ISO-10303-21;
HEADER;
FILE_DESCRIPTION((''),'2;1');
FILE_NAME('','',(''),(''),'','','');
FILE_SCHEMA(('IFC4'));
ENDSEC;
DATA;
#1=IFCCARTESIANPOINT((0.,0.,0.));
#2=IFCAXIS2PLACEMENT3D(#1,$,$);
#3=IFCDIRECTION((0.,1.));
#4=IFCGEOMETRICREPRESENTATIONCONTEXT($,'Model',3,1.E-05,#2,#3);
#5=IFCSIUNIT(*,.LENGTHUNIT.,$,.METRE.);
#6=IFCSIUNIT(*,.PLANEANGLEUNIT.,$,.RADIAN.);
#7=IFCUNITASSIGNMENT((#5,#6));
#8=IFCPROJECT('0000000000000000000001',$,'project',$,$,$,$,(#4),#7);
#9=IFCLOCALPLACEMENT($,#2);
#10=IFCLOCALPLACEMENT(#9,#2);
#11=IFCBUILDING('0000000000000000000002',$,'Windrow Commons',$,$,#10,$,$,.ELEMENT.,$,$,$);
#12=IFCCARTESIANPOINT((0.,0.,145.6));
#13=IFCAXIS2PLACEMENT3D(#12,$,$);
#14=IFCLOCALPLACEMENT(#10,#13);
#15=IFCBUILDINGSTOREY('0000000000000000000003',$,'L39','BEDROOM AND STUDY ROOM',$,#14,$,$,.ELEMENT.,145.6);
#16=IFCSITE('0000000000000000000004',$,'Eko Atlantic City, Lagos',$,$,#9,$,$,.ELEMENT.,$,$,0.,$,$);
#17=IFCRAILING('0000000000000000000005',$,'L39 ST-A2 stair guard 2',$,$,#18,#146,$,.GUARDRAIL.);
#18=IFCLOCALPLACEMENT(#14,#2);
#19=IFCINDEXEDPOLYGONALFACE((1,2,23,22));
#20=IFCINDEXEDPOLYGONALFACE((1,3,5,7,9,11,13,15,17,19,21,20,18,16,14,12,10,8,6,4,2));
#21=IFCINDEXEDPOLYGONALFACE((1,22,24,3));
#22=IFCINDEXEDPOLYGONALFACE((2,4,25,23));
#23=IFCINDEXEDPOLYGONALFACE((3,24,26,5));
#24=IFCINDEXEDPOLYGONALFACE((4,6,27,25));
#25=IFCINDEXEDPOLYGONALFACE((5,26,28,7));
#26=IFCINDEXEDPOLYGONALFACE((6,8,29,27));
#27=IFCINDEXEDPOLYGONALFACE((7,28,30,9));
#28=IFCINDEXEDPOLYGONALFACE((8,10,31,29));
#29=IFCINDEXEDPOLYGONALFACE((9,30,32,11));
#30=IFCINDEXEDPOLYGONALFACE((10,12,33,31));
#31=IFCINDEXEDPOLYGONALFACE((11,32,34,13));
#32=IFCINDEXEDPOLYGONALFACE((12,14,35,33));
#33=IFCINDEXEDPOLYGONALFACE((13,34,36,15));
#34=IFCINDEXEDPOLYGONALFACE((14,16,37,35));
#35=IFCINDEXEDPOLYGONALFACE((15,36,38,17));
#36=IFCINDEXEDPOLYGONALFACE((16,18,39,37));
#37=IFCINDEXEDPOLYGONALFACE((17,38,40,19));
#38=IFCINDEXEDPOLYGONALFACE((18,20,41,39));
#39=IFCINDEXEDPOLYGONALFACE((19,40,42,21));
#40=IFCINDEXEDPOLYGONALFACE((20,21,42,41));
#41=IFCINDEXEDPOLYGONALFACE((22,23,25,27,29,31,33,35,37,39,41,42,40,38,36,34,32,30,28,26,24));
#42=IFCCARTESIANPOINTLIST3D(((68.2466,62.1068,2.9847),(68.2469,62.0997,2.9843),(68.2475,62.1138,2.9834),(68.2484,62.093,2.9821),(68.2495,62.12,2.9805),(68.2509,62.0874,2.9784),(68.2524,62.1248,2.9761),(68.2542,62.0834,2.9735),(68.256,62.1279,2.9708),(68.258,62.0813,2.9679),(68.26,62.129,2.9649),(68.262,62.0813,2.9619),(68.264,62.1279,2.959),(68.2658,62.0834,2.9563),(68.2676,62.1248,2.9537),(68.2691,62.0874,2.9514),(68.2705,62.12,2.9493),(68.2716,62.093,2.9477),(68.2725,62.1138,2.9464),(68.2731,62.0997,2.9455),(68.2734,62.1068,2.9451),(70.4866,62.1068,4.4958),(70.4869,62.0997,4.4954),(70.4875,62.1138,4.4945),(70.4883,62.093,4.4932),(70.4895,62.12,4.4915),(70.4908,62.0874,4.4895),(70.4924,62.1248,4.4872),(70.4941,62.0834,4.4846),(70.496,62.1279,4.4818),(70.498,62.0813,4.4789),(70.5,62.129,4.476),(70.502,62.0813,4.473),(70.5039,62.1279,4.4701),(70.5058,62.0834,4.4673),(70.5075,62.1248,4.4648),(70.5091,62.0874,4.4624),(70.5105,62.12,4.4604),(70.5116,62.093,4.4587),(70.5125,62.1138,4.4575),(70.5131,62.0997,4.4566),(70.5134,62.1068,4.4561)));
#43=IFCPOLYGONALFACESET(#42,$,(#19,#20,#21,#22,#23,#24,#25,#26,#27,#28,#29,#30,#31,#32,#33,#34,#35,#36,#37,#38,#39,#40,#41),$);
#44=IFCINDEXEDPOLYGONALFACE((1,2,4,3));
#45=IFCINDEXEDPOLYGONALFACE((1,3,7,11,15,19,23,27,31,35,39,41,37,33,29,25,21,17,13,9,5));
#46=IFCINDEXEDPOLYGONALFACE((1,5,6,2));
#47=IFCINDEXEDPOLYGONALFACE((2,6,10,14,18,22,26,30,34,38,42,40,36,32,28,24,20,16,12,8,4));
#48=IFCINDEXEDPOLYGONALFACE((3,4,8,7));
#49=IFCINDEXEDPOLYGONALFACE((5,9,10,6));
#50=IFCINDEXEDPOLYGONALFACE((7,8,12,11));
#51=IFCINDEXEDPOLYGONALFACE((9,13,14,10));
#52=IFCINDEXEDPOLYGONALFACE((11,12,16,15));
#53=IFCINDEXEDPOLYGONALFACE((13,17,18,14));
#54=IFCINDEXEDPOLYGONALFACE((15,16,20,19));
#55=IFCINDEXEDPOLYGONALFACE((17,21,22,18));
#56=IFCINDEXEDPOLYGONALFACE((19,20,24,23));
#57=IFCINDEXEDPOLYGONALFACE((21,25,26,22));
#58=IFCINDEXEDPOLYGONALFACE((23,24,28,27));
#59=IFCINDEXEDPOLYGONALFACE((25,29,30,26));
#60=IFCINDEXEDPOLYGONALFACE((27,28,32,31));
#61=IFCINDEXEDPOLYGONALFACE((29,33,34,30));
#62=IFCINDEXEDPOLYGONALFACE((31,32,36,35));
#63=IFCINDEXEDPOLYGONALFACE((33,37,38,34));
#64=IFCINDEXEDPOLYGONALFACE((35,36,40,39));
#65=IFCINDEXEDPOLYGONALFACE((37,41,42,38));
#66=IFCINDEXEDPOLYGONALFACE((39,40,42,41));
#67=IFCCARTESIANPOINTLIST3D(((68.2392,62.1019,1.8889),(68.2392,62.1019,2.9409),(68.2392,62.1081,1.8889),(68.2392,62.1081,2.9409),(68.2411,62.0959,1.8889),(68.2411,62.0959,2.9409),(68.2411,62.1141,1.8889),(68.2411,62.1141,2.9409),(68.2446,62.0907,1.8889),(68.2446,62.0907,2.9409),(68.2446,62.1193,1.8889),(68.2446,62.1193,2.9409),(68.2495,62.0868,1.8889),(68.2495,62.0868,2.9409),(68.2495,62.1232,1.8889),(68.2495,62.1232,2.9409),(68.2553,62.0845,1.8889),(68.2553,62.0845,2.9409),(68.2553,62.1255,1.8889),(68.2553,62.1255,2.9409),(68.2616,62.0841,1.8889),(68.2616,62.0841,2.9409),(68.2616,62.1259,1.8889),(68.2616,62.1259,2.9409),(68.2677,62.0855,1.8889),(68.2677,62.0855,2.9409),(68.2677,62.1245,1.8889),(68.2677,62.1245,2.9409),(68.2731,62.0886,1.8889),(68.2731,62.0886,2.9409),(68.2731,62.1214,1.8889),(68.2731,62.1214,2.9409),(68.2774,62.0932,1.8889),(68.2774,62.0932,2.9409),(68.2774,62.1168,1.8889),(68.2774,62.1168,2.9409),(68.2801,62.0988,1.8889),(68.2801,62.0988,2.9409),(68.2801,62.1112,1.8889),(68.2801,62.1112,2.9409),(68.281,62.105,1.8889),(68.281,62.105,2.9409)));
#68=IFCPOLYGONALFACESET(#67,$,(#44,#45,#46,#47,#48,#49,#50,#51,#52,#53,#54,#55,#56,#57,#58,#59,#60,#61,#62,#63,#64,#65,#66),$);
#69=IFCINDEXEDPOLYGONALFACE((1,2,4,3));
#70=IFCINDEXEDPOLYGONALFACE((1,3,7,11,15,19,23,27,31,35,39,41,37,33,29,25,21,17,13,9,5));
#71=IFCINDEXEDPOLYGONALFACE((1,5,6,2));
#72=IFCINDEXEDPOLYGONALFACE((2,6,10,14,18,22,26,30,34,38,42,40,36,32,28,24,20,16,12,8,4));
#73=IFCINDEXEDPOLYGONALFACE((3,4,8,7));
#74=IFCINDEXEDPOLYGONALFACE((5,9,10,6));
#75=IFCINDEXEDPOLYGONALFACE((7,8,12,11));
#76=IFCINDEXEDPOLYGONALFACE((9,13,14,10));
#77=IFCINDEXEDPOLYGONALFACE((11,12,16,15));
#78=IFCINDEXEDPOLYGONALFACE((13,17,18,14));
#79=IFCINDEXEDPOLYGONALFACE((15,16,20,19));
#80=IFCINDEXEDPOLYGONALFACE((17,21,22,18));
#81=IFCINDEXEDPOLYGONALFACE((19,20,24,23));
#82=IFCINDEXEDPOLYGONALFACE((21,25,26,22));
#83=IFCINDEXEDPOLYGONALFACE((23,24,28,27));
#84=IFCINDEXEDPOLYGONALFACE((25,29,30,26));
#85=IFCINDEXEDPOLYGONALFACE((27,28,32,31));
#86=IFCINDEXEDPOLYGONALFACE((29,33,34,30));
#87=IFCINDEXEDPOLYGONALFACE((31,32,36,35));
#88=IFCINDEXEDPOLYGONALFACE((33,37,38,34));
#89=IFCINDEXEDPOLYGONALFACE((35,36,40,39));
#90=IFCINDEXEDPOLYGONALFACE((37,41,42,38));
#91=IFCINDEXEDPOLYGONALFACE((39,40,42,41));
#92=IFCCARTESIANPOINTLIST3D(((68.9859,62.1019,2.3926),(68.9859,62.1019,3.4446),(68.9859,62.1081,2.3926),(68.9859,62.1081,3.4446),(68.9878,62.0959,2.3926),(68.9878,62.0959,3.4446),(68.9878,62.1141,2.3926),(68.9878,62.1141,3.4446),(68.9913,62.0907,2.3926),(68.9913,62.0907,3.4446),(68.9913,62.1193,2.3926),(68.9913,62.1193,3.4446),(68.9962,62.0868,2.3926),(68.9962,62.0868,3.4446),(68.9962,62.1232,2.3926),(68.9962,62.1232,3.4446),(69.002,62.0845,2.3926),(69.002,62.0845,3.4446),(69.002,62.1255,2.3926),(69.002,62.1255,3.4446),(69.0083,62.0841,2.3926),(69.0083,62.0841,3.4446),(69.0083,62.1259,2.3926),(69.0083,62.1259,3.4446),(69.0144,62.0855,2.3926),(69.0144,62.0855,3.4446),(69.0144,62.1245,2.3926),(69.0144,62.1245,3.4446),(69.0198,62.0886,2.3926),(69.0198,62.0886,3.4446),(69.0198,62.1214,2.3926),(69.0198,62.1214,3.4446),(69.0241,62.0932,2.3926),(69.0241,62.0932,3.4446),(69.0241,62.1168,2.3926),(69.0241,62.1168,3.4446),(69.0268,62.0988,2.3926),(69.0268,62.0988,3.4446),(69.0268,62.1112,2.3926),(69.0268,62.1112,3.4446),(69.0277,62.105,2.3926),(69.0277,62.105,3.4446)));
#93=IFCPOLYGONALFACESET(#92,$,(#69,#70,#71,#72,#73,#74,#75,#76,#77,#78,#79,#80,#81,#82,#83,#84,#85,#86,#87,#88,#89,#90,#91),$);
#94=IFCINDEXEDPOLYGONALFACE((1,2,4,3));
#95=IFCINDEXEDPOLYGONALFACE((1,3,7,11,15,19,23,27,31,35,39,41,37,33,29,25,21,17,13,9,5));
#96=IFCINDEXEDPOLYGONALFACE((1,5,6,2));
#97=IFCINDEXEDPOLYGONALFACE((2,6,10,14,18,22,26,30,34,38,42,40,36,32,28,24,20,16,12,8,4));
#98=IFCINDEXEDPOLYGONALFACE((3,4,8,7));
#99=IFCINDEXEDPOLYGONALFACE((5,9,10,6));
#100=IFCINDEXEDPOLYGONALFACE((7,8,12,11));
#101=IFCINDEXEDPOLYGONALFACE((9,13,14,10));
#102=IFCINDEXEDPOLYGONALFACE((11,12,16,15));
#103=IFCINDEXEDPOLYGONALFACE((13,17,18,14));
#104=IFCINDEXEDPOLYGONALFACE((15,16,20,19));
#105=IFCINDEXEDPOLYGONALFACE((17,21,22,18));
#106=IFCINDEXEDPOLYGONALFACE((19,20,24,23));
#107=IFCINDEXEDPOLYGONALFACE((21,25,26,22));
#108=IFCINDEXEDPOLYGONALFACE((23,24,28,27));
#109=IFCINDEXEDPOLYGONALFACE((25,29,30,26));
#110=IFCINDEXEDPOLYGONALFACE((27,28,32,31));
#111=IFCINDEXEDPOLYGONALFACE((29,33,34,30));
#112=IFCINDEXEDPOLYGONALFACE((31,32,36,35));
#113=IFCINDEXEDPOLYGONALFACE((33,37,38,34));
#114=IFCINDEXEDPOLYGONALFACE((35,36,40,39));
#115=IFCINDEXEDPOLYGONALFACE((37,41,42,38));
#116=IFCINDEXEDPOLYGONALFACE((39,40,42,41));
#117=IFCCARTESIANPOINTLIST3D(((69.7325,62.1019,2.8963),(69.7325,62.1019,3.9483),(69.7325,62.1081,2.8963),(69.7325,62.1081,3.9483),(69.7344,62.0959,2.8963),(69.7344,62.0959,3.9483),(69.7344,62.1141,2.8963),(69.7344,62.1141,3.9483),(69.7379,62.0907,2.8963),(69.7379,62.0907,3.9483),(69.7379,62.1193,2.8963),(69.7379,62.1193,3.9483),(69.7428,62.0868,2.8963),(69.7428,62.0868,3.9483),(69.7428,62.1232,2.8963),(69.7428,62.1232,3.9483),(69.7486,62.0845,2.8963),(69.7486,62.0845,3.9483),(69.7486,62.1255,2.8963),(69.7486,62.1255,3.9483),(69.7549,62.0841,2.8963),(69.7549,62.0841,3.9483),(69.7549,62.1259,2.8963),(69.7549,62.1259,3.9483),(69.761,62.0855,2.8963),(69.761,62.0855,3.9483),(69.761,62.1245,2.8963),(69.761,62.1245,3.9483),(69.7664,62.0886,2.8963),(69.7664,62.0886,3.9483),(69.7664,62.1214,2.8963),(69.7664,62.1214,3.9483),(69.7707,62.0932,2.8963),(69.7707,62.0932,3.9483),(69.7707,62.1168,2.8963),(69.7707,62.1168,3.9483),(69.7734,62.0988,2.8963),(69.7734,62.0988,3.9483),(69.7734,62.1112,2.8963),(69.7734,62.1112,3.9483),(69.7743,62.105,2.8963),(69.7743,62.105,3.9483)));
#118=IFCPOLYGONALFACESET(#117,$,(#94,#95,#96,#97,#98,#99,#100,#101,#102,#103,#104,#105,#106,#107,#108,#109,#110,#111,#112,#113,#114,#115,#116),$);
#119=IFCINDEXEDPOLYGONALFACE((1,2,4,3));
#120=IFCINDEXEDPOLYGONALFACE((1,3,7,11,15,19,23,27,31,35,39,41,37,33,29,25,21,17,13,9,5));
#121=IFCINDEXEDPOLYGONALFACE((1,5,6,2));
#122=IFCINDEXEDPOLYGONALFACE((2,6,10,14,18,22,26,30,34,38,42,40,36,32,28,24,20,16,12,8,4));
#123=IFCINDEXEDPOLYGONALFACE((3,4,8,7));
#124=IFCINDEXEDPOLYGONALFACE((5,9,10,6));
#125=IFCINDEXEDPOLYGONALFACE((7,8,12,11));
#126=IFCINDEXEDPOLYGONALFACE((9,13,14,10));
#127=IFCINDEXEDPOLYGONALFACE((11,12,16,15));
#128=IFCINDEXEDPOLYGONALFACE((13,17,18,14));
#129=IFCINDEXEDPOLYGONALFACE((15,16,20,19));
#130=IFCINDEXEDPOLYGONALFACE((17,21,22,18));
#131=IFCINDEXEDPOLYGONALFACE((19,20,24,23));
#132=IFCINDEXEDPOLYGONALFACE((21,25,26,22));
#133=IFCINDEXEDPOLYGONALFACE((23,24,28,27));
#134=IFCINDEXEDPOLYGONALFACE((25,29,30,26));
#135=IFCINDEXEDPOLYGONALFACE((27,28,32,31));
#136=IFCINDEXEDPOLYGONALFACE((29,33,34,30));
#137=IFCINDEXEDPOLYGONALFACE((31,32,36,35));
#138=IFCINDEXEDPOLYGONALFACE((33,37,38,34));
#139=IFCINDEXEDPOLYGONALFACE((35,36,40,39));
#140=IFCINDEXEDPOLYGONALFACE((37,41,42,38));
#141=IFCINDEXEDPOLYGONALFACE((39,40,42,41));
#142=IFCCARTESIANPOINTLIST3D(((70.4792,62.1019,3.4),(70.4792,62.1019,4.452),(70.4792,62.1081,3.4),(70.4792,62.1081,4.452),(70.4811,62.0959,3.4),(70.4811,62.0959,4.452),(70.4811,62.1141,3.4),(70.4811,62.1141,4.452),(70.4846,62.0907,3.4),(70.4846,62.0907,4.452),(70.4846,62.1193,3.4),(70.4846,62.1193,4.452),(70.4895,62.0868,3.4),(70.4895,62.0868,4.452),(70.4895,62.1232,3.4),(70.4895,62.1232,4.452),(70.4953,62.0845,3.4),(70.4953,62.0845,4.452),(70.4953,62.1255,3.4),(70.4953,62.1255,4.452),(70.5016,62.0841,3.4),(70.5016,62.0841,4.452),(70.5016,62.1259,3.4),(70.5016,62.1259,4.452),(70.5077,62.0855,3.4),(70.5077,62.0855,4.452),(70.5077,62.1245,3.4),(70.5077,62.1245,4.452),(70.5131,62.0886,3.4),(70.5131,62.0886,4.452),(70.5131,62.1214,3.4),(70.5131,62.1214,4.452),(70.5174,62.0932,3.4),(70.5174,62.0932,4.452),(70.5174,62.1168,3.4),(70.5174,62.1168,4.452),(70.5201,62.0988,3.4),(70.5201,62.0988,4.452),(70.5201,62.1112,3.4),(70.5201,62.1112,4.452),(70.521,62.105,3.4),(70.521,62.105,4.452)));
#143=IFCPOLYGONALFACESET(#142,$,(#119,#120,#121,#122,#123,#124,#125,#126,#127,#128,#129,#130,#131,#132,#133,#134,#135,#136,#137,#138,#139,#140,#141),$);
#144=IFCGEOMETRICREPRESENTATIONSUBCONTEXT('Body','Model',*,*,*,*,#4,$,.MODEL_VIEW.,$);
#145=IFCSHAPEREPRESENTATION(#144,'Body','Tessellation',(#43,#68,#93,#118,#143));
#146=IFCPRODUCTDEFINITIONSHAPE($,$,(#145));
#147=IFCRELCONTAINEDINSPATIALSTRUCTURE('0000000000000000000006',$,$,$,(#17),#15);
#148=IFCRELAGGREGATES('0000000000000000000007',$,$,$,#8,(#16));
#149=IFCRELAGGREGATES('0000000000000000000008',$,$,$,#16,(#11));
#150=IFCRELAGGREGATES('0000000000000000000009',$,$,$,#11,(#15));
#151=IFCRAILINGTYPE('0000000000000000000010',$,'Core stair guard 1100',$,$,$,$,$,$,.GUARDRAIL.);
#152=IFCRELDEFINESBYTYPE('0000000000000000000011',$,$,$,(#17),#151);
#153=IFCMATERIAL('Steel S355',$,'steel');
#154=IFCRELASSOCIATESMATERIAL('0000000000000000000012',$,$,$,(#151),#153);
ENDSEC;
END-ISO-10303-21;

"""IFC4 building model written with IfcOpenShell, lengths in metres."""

from ifc_helpers import new_model, si_unit, direction, frame, origin, origin_2d, place, context, subcontext, project, spatial, circle, extrude, material, type_object, element, save


model = new_model("IFC4")

# Units and contexts
model_context = context("Model", 3, precision=1e-05, world=origin(), true_north=direction((0.0, 1.0)))
body_context = subcontext(model_context, "Body", "Model", "MODEL_VIEW")
ifc_project = project(units=[si_unit("LENGTHUNIT", "METRE"), si_unit("PLANEANGLEUNIT", "RADIAN")], contexts=[model_context])

# Site, building, storey
site_placement = place(None, origin())
site = spatial("IfcSite", under=ifc_project, at=site_placement, Name="Eko Atlantic City, Lagos", CompositionType="ELEMENT", RefElevation=0.0)
building_placement = place(site_placement, origin())
building = spatial("IfcBuilding", under=site, at=building_placement, Name="Windrow Commons", CompositionType="ELEMENT")
storey_placement = place(building_placement, frame((0.0, 0.0, 145.6)))
storey = spatial("IfcBuildingStorey", under=building, at=storey_placement, Name="L39", Description="BEDROOM AND STUDY ROOM", CompositionType="ELEMENT", Elevation=145.6)

# Railing
ifc_material_1 = material(Name="Steel S355", Category="steel")
railing_type_1 = type_object("IfcRailingType", Name="Core stair guard 1100", PredefinedType="GUARDRAIL", material=ifc_material_1)
railing_1_placement = place(storey_placement, frame((68.26, 62.105, 1.8889)))
element("IfcRailing", 1, at=railing_1_placement, inside=storey, type_object=railing_type_1, Name="L39 ST-A2 stair guard 2", PredefinedType="GUARDRAIL", context=body_context, shape_type="SweptSolid", body=[
    extrude(circle(Radius=0.024, at=origin_2d()), frame((0.0, 0.0, 1.076), z_axis=(0.829003, 0.0, 0.559244), x_axis=(0.0, 1.0, 0.0)), (0.0, 0.0, 1.0), 2.702),
    extrude(circle(Radius=0.021, at=origin_2d()), origin(), (0.0, 0.0, 1.0), 1.052),
    extrude(circle(Radius=0.021, at=origin_2d()), frame((0.7467, 0.0, 0.5037)), (0.0, 0.0, 1.0), 1.052),
    extrude(circle(Radius=0.021, at=origin_2d()), frame((1.4933, 0.0, 1.0074)), (0.0, 0.0, 1.0), 1.052),
    extrude(circle(Radius=0.021, at=origin_2d()), frame((2.24, 0.0, 1.5111)), (0.0, 0.0, 1.0), 1.052),
])

save(model, "model.ifc")
